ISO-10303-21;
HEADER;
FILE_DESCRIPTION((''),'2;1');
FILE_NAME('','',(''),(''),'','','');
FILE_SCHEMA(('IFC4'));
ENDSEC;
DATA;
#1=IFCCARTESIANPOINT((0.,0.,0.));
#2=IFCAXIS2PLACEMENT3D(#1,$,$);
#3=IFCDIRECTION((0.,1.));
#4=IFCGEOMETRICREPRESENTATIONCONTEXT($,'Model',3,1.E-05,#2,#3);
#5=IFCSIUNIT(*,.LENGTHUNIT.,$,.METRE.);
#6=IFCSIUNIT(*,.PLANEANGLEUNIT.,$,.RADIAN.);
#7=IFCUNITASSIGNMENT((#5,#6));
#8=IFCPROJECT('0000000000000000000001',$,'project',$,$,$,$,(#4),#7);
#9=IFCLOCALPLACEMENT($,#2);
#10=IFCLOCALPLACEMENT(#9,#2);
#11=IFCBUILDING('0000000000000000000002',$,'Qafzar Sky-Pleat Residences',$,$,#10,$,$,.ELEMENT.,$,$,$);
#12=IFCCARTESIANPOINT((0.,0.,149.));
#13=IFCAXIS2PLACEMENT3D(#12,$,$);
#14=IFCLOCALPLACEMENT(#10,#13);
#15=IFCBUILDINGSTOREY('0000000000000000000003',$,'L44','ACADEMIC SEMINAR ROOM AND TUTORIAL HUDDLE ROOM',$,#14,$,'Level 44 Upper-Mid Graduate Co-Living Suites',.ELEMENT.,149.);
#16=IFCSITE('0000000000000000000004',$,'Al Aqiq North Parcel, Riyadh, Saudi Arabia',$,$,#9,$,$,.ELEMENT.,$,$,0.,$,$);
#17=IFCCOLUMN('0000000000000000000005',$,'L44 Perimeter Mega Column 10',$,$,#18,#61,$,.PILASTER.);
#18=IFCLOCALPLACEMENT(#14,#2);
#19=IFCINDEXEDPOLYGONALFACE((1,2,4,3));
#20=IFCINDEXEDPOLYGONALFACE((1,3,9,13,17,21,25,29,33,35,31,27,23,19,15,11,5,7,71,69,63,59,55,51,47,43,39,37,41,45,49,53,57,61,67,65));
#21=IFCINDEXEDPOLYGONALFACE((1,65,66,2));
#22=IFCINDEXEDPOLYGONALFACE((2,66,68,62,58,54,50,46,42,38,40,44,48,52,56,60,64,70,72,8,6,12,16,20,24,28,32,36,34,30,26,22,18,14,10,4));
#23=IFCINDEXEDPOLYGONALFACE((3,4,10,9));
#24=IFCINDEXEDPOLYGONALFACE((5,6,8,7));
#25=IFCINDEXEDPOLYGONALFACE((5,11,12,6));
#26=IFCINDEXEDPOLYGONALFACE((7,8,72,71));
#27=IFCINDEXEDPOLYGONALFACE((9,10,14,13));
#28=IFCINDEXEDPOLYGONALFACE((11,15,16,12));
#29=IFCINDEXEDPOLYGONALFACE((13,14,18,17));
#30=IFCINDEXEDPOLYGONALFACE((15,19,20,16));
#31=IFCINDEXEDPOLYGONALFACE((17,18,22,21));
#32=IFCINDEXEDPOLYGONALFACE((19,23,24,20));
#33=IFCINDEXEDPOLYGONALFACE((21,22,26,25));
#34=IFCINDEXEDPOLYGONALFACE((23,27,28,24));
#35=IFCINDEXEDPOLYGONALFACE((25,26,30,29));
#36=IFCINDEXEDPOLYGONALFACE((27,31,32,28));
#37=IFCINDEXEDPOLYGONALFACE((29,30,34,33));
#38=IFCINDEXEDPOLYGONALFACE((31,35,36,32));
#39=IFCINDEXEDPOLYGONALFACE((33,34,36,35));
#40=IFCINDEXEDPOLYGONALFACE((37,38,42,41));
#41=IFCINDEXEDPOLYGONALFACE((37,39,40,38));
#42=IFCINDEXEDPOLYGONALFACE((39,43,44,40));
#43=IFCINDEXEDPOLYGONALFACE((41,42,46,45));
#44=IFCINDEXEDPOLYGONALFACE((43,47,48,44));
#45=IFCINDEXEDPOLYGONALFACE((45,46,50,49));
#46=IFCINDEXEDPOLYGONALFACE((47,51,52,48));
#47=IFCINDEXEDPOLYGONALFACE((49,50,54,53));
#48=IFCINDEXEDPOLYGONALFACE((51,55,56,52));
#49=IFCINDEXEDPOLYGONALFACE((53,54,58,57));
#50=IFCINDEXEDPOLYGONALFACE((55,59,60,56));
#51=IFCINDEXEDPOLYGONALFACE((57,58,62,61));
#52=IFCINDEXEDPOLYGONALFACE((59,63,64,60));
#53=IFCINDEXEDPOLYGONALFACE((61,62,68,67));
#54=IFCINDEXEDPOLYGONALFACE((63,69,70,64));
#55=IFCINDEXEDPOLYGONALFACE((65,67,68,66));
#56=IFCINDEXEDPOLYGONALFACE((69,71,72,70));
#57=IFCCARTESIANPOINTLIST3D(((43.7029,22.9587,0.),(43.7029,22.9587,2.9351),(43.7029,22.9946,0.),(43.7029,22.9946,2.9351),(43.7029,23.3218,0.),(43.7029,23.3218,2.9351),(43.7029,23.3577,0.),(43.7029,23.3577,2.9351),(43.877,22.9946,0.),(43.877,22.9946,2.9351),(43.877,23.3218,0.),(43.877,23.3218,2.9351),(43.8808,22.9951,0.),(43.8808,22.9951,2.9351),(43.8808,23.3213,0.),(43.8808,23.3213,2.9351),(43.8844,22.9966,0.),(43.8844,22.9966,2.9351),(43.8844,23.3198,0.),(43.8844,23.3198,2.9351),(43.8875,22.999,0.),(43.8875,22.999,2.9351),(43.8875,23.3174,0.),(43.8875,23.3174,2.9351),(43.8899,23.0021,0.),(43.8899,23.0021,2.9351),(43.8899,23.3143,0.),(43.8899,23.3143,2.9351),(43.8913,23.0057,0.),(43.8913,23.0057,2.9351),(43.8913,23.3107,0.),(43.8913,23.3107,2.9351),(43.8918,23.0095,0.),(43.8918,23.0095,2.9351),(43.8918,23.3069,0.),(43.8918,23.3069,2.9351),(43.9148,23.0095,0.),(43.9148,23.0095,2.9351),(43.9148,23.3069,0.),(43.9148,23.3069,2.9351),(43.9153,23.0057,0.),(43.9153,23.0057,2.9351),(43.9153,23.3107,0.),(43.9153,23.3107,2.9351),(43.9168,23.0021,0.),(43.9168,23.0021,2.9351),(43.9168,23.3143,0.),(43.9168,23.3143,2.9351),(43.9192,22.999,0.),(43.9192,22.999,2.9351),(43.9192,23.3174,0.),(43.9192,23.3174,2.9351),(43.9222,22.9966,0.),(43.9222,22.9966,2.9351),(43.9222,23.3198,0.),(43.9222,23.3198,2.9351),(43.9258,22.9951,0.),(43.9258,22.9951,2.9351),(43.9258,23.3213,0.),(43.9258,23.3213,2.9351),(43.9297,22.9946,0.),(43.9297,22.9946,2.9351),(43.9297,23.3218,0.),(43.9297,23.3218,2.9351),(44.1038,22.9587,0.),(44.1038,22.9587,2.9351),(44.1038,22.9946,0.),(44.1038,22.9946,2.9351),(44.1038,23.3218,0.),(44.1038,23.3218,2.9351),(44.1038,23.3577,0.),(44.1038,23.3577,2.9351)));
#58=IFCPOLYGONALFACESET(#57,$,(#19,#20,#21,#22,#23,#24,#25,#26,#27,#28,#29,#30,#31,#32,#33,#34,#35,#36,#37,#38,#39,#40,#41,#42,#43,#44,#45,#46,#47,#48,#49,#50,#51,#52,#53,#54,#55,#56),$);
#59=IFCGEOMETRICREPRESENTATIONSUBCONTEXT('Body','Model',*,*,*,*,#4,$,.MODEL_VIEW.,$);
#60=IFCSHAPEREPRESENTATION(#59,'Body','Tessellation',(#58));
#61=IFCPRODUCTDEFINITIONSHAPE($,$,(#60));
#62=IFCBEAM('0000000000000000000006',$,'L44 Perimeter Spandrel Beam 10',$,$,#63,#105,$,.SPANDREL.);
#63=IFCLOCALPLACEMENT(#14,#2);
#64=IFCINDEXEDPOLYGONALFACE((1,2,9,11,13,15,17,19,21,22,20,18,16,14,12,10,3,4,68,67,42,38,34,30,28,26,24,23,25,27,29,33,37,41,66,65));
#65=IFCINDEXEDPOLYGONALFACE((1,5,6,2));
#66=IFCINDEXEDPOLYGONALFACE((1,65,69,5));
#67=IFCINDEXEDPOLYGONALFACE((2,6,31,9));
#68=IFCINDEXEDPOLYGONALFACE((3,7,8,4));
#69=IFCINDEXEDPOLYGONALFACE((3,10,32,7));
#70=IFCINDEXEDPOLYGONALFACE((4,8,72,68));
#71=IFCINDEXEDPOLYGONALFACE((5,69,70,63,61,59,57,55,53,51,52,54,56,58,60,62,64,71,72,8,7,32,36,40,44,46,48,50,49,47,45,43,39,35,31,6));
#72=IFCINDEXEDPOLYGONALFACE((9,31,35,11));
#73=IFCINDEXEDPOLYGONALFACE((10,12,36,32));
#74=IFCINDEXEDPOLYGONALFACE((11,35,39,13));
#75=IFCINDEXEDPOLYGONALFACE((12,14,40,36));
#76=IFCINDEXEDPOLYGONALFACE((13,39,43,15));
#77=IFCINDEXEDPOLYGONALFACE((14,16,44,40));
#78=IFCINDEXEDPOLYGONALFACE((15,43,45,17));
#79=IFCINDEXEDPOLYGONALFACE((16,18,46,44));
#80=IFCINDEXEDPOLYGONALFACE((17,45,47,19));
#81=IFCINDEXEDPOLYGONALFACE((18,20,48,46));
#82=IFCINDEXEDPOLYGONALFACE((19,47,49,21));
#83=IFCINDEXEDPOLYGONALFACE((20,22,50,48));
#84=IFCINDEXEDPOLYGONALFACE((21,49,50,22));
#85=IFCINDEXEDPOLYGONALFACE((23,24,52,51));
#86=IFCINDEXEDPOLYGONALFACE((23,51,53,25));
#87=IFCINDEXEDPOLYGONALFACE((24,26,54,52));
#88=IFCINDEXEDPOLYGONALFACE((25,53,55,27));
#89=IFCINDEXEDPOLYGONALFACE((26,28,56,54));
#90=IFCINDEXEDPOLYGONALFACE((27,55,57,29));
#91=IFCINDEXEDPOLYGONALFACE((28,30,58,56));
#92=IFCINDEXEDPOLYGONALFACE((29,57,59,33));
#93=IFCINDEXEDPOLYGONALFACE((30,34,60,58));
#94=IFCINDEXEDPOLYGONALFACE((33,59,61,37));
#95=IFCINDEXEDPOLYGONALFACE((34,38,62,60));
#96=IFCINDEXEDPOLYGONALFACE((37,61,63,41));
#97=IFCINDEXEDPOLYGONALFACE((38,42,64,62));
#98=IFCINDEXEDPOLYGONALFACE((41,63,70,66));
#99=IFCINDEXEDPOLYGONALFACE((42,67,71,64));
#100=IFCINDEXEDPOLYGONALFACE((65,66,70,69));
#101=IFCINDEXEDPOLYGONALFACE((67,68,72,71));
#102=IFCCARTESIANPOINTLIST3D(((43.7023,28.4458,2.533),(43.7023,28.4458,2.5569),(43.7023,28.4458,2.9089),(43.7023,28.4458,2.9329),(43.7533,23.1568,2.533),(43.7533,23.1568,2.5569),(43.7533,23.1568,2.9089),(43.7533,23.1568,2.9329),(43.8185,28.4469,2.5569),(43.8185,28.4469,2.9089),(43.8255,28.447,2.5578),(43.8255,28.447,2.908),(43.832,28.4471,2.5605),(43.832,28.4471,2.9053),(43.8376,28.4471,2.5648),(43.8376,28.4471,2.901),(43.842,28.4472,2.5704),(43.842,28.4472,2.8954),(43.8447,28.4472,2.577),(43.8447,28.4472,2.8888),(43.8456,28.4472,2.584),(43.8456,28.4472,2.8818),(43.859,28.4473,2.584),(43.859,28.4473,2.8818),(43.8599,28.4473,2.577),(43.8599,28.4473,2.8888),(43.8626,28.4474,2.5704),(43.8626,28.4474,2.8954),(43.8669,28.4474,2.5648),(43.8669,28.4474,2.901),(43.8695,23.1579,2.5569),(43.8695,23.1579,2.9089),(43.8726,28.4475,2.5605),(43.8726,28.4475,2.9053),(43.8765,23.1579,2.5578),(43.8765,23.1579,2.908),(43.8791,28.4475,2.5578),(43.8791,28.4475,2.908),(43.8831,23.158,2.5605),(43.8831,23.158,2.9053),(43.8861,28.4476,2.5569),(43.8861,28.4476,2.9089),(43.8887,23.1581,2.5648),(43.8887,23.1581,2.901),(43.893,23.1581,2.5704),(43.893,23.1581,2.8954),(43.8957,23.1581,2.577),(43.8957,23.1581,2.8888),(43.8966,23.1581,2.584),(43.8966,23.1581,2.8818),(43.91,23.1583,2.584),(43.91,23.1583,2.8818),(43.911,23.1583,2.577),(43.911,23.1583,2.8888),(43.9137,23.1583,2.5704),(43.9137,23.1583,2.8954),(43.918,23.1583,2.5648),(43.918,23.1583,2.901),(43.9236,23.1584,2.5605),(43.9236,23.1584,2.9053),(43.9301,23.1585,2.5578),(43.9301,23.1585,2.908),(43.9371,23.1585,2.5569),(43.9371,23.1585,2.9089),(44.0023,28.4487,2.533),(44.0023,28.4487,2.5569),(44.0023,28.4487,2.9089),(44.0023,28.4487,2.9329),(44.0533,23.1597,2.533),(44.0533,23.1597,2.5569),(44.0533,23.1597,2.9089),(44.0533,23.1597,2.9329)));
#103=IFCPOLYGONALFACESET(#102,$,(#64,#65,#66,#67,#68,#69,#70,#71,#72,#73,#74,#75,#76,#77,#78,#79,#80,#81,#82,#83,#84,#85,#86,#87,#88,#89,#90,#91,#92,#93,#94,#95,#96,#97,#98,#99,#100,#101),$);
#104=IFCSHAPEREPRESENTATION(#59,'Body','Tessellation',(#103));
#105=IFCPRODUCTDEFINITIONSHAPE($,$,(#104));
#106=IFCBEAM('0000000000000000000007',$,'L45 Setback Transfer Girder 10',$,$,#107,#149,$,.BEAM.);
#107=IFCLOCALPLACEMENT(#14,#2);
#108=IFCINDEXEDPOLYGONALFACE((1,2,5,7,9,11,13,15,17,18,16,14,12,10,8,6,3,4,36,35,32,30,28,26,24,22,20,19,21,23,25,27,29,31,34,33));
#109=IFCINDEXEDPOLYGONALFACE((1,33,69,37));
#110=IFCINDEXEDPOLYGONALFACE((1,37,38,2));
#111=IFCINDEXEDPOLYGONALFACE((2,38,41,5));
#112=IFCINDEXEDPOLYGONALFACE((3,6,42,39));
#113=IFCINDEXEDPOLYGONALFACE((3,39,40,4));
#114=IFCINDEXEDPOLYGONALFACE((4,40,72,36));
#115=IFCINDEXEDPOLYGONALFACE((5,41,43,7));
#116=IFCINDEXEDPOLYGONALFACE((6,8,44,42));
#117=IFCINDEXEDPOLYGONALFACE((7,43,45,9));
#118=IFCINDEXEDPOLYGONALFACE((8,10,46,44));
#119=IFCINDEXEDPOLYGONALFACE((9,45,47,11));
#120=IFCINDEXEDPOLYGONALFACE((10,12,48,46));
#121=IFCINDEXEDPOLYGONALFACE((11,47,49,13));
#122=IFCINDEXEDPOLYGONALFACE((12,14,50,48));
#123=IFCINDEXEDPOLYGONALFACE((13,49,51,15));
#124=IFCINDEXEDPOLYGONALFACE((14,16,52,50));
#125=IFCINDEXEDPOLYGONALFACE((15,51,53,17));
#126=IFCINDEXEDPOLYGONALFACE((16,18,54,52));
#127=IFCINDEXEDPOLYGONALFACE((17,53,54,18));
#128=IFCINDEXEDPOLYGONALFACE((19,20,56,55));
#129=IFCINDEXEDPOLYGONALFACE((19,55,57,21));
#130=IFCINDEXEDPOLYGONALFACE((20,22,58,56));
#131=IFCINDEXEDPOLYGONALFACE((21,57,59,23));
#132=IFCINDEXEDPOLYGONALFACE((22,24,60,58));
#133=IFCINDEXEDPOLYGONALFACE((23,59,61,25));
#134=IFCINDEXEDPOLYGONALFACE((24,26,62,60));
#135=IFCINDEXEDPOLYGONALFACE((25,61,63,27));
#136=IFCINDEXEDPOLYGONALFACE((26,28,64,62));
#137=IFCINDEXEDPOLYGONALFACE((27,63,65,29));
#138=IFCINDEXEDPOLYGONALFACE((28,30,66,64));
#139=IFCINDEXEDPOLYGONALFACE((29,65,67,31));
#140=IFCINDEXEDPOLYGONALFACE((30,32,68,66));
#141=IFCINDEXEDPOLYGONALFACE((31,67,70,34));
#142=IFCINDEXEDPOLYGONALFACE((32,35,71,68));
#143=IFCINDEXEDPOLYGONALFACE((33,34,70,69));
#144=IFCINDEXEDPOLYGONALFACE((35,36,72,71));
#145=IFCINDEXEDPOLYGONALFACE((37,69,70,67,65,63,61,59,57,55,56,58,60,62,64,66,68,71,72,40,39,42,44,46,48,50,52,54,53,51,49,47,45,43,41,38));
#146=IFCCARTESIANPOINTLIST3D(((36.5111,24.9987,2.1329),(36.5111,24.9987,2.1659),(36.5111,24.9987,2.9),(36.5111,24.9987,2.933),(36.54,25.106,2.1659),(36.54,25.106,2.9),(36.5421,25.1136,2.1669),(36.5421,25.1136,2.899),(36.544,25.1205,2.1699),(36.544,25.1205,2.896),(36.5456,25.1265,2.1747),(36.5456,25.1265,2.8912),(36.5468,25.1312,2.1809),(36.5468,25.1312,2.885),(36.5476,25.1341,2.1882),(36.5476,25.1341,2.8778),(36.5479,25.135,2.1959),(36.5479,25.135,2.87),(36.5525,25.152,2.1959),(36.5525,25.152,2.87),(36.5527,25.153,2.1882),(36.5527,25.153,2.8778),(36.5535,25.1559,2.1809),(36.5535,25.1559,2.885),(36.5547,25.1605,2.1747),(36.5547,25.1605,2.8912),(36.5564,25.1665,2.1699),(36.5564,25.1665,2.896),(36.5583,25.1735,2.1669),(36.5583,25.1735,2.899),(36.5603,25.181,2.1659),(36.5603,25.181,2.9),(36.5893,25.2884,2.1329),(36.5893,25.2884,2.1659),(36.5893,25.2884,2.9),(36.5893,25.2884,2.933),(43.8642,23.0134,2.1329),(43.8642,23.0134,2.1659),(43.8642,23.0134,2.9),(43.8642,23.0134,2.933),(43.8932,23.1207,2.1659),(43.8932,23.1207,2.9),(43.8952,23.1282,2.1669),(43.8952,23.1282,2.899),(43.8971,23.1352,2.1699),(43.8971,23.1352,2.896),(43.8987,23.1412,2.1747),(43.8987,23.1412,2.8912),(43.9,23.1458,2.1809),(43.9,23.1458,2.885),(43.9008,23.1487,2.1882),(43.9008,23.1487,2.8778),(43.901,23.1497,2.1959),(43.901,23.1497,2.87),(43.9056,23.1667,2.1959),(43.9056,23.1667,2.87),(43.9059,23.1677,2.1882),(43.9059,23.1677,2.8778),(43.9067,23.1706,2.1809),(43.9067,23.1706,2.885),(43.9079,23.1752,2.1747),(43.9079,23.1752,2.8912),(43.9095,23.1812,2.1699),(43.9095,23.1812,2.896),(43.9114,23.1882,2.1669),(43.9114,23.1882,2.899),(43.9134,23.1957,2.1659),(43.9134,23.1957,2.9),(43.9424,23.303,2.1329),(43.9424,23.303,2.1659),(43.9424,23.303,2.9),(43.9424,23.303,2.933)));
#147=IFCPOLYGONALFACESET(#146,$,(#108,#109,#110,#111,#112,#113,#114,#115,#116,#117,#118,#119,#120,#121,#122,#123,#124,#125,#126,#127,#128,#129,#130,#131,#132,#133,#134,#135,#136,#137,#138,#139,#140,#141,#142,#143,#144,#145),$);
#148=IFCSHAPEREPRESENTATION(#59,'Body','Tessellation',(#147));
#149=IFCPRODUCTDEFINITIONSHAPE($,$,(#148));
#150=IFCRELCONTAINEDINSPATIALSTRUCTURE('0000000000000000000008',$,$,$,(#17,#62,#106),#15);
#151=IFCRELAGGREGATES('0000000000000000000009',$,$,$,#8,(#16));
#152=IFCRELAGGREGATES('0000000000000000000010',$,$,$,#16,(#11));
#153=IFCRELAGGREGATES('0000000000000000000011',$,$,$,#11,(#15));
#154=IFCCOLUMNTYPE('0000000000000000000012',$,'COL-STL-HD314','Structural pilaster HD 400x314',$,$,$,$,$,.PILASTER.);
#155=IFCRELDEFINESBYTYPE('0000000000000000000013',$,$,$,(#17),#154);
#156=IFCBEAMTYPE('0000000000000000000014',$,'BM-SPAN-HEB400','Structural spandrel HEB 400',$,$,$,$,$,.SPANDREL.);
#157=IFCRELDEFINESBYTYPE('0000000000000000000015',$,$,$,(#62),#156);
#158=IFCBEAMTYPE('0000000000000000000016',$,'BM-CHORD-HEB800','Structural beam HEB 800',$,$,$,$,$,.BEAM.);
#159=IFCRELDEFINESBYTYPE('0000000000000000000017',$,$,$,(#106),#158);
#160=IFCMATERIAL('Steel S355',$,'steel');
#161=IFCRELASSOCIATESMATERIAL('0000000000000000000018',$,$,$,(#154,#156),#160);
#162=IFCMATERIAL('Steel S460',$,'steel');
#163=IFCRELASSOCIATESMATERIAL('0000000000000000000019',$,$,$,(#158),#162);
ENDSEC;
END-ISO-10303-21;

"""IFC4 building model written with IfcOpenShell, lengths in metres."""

from ifc_helpers import new_model, si_unit, direction, frame, origin, origin_2d, place, context, subcontext, project, spatial, i_section, extrude, source, transform, mapped, material, material_profile, profile_set, type_object, element, save


model = new_model("IFC4")

# Units and contexts
model_context = context("Model", 3, precision=1e-05, world=origin(), true_north=direction((0.0, 1.0)))
body_context = subcontext(model_context, "Body", "Model", "MODEL_VIEW")
ifc_project = project(units=[si_unit("LENGTHUNIT", "METRE"), si_unit("PLANEANGLEUNIT", "RADIAN")], contexts=[model_context])

# Site, building, storey
site_placement = place(None, origin())
site = spatial("IfcSite", under=ifc_project, at=site_placement, Name="Al Aqiq North Parcel, Riyadh, Saudi Arabia", CompositionType="ELEMENT", RefElevation=0.0)
building_placement = place(site_placement, origin())
building = spatial("IfcBuilding", under=site, at=building_placement, Name="Qafzar Sky-Pleat Residences", CompositionType="ELEMENT")
storey_placement = place(building_placement, frame((0.0, 0.0, 149.0)))
storey = spatial("IfcBuildingStorey", under=building, at=storey_placement, Name="L44", Description="ACADEMIC SEMINAR ROOM AND TUTORIAL HUDDLE ROOM", LongName="Level 44 Upper-Mid Graduate Co-Living Suites", CompositionType="ELEMENT", Elevation=149.0)

# Column
ifc_material_1 = material(Name="Steel S355", Category="steel")
ifc_material_profile_1 = material_profile(ifc_material_1, i_section(OverallWidth=0.4009, OverallDepth=0.3989, WebThickness=0.0229, FlangeThickness=0.0359, FilletRadius=0.0149, at=origin_2d()), Name="HD 400x314")
ifc_profile_set_1 = profile_set([ifc_material_profile_1], Name="Steel S355")
column_type = type_object("IfcColumnType", Name="COL-STL-HD314", Description="Structural pilaster HD 400x314", PredefinedType="PILASTER", material=ifc_profile_set_1)
shared_shape_1 = source(origin(), body_context, "Body", "SweptSolid", [
    extrude(i_section(OverallWidth=0.4009, OverallDepth=0.3989, WebThickness=0.0229, FlangeThickness=0.0359, FilletRadius=0.0149, at=origin_2d()), origin(), (0.0, 0.0, 1.0), 2.9351),
])
column_placement = place(storey_placement, frame((43.9033, 23.1582, 0.0), z_axis=(0.0, 0.0, 1.0), x_axis=(1.0, 0.0, 0.0)))
element("IfcColumn", 1, at=column_placement, inside=storey, type_object=column_type, Name="L44 Perimeter Mega Column 10", PredefinedType="PILASTER", context=body_context, shape_type="MappedRepresentation", body=[
    mapped(shared_shape_1, transform((0.0, 0.0, 0.0), x_axis=(1.0, 0.0, 0.0), y_axis=(0.0, 1.0, 0.0), z_axis=(0.0, 0.0, 1.0), scale=1.0)),
])

# Beams
ifc_material_profile_2 = material_profile(ifc_material_1, i_section(OverallWidth=0.3, OverallDepth=0.3999, WebThickness=0.0134, FlangeThickness=0.0239, FilletRadius=0.0271, at=origin_2d()), Name="HEB 400")
ifc_profile_set_2 = profile_set([ifc_material_profile_2], Name="Steel S355")
beam_type_1 = type_object("IfcBeamType", Name="BM-SPAN-HEB400", Description="Structural spandrel HEB 400", PredefinedType="SPANDREL", material=ifc_profile_set_2)
shared_shape_2 = source(origin(), body_context, "Body", "SweptSolid", [
    extrude(i_section(OverallWidth=0.3, OverallDepth=0.3999, WebThickness=0.0134, FlangeThickness=0.0239, FilletRadius=0.0271, at=origin_2d()), origin(), (0.0, 0.0, 1.0), 5.2893),
])
beam_1_placement = place(storey_placement, frame((43.9033, 23.1582, 2.7329), z_axis=(-0.009647, 0.999953, 0.0), x_axis=(-0.999953, -0.009647, 0.0)))
element("IfcBeam", 2, at=beam_1_placement, inside=storey, type_object=beam_type_1, Name="L44 Perimeter Spandrel Beam 10", PredefinedType="SPANDREL", context=body_context, shape_type="MappedRepresentation", body=[
    mapped(shared_shape_2, transform((0.0, 0.0, 0.0), x_axis=(1.0, 0.0, 0.0), y_axis=(0.0, 1.0, 0.0), z_axis=(0.0, 0.0, 1.0), scale=1.0)),
])
ifc_material_2 = material(Name="Steel S460", Category="steel")
ifc_material_profile_3 = material_profile(ifc_material_2, i_section(OverallWidth=0.3, OverallDepth=0.8, WebThickness=0.0176, FlangeThickness=0.033, FilletRadius=0.03, at=origin_2d()), Name="HEB 800")
ifc_profile_set_3 = profile_set([ifc_material_profile_3], Name="Steel S460")
beam_type_2 = type_object("IfcBeamType", Name="BM-CHORD-HEB800", Description="Structural beam HEB 800", PredefinedType="BEAM", material=ifc_profile_set_3)
shared_shape_3 = source(origin(), body_context, "Body", "SweptSolid", [
    extrude(i_section(OverallWidth=0.3, OverallDepth=0.8, WebThickness=0.0176, FlangeThickness=0.033, FilletRadius=0.03, at=origin_2d()), origin(), (0.0, 0.0, 1.0), 7.6165),
])
beam_2_placement = place(storey_placement, frame((43.9033, 23.1582, 2.533), z_axis=(-0.96543, 0.260662, 0.0), x_axis=(-0.260662, -0.96543, 0.0)))
element("IfcBeam", 3, at=beam_2_placement, inside=storey, type_object=beam_type_2, Name="L45 Setback Transfer Girder 10", PredefinedType="BEAM", context=body_context, shape_type="MappedRepresentation", body=[
    mapped(shared_shape_3, transform((0.0, 0.0, 0.0), x_axis=(1.0, 0.0, 0.0), y_axis=(0.0, 1.0, 0.0), z_axis=(0.0, 0.0, 1.0), scale=1.0)),
])

save(model, "model.ifc")
